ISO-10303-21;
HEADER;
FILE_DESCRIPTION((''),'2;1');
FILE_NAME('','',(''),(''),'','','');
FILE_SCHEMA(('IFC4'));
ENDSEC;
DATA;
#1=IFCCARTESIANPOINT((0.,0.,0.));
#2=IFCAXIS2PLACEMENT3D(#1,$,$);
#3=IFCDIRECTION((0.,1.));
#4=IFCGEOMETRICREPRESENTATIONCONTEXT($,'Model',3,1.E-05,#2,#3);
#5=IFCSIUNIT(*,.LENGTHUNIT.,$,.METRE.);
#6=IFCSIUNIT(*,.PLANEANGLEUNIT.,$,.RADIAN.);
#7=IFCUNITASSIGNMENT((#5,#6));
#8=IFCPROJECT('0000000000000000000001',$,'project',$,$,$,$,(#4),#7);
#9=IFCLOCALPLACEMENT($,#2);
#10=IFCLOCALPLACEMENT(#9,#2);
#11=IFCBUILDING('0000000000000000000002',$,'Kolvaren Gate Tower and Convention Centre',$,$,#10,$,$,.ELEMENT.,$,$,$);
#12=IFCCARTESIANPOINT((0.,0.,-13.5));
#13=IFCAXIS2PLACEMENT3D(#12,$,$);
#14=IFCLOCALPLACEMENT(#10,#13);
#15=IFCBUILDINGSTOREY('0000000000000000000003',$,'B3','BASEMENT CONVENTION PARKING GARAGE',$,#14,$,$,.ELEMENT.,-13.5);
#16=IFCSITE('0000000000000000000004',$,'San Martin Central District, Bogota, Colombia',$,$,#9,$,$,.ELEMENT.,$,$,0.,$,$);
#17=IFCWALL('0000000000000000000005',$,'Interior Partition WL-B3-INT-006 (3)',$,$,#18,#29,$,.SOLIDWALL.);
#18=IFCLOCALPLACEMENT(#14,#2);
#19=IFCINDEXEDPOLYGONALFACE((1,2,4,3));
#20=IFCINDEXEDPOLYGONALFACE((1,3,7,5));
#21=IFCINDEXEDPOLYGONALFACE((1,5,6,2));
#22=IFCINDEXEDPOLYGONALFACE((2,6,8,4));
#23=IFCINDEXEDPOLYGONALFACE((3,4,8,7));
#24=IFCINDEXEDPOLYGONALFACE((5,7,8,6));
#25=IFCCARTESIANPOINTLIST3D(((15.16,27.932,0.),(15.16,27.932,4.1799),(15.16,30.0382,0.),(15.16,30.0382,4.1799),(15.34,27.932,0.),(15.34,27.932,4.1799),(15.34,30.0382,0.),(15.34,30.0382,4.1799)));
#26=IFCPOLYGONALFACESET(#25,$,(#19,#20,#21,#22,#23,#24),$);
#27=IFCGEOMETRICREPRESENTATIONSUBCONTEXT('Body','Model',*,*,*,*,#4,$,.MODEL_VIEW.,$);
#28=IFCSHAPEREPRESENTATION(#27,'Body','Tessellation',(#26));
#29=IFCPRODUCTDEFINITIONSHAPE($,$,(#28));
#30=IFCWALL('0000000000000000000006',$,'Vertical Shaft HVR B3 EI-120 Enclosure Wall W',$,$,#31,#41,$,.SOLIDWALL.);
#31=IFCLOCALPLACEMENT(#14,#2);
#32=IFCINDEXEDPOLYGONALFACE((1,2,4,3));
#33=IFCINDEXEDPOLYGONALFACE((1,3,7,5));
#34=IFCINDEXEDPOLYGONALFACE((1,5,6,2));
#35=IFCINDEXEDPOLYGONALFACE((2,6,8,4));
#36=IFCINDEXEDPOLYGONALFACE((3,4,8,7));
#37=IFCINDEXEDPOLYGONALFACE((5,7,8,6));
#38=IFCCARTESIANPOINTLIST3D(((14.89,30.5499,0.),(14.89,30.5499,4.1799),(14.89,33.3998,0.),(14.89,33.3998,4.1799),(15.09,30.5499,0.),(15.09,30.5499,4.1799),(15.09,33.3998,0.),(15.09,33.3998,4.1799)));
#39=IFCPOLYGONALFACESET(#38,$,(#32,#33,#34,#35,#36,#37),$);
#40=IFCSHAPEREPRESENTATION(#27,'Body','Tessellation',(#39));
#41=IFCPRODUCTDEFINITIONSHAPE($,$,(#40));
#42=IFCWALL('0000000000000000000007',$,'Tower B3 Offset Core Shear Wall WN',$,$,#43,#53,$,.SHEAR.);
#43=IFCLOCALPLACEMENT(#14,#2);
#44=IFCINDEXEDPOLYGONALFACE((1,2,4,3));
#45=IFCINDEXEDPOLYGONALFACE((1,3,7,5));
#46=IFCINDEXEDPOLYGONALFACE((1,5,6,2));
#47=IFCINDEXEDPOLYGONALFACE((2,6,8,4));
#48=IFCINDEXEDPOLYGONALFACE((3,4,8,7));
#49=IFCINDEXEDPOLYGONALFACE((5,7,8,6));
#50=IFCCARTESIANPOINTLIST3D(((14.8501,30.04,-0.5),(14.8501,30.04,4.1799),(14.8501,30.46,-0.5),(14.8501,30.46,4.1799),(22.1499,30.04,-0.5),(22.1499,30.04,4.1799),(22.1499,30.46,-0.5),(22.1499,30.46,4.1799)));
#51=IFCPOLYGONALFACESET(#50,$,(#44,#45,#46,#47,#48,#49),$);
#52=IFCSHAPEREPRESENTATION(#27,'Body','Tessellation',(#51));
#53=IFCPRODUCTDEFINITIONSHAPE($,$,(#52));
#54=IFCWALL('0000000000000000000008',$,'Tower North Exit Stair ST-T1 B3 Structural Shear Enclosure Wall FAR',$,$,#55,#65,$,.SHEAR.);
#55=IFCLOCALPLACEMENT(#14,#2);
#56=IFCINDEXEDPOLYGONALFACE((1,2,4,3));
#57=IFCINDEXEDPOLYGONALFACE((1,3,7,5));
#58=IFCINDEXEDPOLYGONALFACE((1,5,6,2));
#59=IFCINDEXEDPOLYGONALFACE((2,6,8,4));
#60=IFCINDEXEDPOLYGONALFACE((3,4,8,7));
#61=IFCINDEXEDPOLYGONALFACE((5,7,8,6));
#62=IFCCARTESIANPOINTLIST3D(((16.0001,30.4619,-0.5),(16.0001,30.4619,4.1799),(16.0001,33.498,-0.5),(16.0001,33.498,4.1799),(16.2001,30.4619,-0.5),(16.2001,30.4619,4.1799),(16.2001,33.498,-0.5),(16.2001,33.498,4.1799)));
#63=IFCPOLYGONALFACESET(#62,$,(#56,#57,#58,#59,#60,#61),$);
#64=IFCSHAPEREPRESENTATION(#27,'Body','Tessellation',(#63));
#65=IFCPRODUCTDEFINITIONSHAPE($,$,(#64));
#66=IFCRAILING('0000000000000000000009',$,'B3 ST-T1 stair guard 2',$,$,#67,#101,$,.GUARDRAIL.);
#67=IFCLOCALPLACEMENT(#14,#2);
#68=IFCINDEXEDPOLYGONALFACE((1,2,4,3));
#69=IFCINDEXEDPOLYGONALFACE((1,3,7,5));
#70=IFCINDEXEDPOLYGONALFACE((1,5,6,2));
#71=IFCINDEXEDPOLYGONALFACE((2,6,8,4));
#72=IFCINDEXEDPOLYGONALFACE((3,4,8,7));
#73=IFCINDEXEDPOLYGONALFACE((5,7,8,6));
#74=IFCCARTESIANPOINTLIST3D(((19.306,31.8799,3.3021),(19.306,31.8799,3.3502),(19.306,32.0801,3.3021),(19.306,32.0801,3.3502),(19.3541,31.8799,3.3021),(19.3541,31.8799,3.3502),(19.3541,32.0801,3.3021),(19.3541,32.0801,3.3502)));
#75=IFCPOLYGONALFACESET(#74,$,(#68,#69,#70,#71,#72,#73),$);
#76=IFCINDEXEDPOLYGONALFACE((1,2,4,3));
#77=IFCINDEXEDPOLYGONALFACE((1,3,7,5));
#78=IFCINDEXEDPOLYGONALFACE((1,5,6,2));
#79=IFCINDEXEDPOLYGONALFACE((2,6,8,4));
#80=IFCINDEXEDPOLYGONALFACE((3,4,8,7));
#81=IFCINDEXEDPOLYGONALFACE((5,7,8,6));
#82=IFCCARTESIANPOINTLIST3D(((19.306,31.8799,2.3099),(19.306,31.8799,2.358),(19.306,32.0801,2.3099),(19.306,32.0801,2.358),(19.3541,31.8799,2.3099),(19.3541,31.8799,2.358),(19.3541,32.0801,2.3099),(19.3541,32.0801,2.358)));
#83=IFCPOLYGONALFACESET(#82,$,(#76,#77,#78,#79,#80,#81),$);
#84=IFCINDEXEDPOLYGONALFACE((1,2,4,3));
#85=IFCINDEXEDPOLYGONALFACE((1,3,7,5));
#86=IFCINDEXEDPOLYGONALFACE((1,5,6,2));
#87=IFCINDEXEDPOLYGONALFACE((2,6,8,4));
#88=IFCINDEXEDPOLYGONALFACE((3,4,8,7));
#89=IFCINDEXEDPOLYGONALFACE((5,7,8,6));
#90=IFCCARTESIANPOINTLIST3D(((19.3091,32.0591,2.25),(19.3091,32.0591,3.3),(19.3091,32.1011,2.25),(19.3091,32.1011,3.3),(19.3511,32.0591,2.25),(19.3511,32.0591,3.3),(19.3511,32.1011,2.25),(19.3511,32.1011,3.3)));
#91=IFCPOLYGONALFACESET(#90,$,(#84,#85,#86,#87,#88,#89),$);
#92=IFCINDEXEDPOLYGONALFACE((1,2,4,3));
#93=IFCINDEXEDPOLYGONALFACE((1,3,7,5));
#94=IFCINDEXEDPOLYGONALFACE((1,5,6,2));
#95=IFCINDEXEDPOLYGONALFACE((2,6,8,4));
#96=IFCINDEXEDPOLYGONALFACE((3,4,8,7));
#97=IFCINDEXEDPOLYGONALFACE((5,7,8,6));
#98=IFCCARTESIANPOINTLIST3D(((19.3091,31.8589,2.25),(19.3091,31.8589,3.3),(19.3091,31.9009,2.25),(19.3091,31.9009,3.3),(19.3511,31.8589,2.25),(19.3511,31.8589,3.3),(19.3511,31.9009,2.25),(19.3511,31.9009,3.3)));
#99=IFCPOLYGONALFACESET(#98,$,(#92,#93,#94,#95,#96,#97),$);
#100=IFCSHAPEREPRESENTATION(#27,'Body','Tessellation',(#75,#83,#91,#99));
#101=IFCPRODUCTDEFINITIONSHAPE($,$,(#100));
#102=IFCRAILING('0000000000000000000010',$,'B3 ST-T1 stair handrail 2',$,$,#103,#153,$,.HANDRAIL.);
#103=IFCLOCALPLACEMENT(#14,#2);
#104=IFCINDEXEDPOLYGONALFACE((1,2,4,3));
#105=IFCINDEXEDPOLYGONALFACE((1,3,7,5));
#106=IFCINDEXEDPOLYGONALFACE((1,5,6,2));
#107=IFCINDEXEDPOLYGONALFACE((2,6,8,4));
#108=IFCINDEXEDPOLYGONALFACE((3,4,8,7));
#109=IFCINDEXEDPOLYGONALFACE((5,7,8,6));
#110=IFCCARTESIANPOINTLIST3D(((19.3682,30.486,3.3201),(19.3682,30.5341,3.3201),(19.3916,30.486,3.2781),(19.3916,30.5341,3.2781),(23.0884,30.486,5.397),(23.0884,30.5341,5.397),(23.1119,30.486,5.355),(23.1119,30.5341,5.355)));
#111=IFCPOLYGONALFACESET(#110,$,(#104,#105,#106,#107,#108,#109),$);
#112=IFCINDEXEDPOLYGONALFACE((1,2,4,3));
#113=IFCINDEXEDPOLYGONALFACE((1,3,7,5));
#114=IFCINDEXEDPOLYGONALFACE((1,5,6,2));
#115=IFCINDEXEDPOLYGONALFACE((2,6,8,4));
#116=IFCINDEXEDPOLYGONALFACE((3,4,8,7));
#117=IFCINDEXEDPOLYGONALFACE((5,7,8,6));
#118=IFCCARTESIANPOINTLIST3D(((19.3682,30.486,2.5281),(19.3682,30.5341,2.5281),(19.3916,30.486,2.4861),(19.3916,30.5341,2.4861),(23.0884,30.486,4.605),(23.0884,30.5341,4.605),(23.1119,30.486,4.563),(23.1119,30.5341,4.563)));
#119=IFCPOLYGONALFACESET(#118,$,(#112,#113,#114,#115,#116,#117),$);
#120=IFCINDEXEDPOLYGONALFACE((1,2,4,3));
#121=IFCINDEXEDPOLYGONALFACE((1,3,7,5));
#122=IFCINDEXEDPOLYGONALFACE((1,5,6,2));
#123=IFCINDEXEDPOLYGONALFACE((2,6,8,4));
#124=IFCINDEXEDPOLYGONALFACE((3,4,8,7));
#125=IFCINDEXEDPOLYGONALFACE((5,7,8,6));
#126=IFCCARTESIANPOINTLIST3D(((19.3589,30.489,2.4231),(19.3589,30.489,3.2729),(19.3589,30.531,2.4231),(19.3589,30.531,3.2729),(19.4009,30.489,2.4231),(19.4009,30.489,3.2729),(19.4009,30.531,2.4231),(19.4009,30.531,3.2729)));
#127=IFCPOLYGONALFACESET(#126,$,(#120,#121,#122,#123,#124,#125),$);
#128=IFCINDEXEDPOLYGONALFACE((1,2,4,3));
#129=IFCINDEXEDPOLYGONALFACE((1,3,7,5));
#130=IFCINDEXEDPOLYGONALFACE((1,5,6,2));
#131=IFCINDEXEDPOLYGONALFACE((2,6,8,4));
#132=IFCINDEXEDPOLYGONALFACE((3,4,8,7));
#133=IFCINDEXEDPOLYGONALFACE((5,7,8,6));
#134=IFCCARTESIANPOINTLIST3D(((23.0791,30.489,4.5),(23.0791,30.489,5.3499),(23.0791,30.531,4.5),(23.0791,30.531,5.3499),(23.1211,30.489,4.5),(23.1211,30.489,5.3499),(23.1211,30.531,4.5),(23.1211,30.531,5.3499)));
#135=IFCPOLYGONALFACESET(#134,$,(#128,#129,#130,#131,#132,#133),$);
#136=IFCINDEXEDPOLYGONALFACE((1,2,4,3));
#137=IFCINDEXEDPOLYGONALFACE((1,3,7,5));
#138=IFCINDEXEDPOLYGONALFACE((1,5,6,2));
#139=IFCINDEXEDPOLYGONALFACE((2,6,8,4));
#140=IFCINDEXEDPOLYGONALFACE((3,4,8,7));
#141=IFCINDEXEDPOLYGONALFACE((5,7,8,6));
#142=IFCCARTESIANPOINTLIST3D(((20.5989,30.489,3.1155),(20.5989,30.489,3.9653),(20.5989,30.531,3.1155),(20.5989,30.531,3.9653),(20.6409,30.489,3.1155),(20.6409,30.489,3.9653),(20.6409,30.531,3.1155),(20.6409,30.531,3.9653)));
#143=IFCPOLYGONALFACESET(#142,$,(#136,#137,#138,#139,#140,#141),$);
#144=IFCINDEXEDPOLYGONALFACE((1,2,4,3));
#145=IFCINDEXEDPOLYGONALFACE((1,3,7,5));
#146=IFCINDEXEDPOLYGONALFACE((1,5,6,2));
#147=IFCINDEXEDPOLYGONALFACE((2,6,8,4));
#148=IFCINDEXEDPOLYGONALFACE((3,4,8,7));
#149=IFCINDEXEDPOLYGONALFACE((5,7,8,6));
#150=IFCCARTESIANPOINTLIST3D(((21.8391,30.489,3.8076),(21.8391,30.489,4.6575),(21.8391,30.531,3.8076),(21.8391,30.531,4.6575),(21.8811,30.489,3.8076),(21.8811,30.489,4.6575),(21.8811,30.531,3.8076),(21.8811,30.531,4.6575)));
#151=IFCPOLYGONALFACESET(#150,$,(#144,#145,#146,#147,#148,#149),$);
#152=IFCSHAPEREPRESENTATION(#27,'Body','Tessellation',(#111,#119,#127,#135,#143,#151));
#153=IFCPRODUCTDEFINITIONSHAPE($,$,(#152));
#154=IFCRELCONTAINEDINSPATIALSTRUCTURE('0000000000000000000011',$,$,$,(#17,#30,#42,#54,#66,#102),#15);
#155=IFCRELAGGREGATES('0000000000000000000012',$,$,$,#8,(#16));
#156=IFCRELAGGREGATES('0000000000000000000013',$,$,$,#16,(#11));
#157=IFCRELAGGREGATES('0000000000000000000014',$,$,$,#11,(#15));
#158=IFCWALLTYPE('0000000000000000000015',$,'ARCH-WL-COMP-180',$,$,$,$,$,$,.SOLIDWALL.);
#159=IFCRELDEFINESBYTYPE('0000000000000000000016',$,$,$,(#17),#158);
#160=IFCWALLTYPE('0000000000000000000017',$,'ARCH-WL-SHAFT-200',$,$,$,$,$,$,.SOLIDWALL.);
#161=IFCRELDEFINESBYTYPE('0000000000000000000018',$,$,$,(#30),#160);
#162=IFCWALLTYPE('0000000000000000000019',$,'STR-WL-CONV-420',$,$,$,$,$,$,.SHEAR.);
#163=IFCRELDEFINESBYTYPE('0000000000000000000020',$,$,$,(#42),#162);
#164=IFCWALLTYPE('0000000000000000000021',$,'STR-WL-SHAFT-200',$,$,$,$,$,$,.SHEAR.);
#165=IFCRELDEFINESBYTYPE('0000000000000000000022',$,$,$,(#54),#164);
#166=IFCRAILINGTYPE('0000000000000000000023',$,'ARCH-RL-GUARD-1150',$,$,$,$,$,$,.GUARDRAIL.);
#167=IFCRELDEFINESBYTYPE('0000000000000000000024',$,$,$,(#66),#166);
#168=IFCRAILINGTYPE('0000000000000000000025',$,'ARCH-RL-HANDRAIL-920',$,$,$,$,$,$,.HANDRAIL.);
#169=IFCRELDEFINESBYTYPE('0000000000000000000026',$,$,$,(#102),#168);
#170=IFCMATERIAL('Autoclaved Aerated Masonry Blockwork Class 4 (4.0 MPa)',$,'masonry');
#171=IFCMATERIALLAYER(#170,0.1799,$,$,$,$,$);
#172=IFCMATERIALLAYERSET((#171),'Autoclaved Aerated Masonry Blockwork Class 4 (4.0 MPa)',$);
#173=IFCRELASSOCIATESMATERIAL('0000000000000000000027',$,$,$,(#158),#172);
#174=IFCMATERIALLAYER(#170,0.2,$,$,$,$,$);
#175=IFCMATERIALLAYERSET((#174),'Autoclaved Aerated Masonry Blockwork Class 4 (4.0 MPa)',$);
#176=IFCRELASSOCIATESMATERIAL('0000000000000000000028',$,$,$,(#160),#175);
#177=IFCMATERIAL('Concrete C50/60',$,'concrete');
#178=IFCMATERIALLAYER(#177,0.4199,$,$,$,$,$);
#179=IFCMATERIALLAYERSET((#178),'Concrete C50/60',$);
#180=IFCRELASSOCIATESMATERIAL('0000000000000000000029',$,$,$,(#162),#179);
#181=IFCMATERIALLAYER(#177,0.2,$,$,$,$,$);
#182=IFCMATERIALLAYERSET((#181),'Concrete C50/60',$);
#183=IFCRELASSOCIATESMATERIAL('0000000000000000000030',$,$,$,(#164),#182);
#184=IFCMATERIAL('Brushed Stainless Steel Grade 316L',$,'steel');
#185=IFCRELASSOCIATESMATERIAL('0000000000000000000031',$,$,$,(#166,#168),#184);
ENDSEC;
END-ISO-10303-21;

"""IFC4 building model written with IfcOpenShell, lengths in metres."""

from ifc_helpers import new_model, si_unit, direction, frame, frame_2d, origin, origin_2d, place, context, subcontext, project, spatial, rectangle, extrude, material, layer, layer_set, type_object, element, save


model = new_model("IFC4")

# Units and contexts
model_context = context("Model", 3, precision=1e-05, world=origin(), true_north=direction((0.0, 1.0)))
body_context = subcontext(model_context, "Body", "Model", "MODEL_VIEW")
ifc_project = project(units=[si_unit("LENGTHUNIT", "METRE"), si_unit("PLANEANGLEUNIT", "RADIAN")], contexts=[model_context])

# Site, building, storey
site_placement = place(None, origin())
site = spatial("IfcSite", under=ifc_project, at=site_placement, Name="San Martin Central District, Bogota, Colombia", CompositionType="ELEMENT", RefElevation=0.0)
building_placement = place(site_placement, origin())
building = spatial("IfcBuilding", under=site, at=building_placement, Name="Kolvaren Gate Tower and Convention Centre", CompositionType="ELEMENT")
storey_placement = place(building_placement, frame((0.0, 0.0, -13.5)))
storey = spatial("IfcBuildingStorey", under=building, at=storey_placement, Name="B3", Description="BASEMENT CONVENTION PARKING GARAGE", CompositionType="ELEMENT", Elevation=-13.5)

# Shared definitions
ifc_material_1 = material(Name="Concrete C50/60", Category="concrete")

# Shared definitions
ifc_material_2 = material(Name="Autoclaved Aerated Masonry Blockwork Class 4 (4.0 MPa)", Category="masonry")
ifc_layer_1 = layer(ifc_material_2, 0.1799)
ifc_layer_set_1 = layer_set([ifc_layer_1], Name="Autoclaved Aerated Masonry Blockwork Class 4 (4.0 MPa)")
wall_type_1 = type_object("IfcWallType", Name="ARCH-WL-COMP-180", PredefinedType="SOLIDWALL", material=ifc_layer_set_1)

# Walls
wall_1_placement = place(storey_placement, frame((15.25, 27.9319, 0.0), z_axis=(0.0, 0.0, 1.0), x_axis=(0.0, 1.0, 0.0)))
element("IfcWall", 1, at=wall_1_placement, inside=storey, type_object=wall_type_1, Name="Interior Partition WL-B3-INT-006 (3)", PredefinedType="SOLIDWALL", context=body_context, shape_type="SweptSolid", body=[
    extrude(rectangle(XDim=2.1062, YDim=0.1799, at=frame_2d((1.0532, 0.0))), origin(), (0.0, 0.0, 1.0), 4.1799),
])
ifc_layer_2 = layer(ifc_material_2, 0.2)
ifc_layer_set_2 = layer_set([ifc_layer_2], Name="Autoclaved Aerated Masonry Blockwork Class 4 (4.0 MPa)")
wall_type_2 = type_object("IfcWallType", Name="ARCH-WL-SHAFT-200", PredefinedType="SOLIDWALL", material=ifc_layer_set_2)
wall_2_placement = place(storey_placement, frame((14.99, 30.55, 0.0), z_axis=(0.0, 0.0, 1.0), x_axis=(0.0, 1.0, 0.0)))
element("IfcWall", 2, at=wall_2_placement, inside=storey, type_object=wall_type_2, Name="Vertical Shaft HVR B3 EI-120 Enclosure Wall W", PredefinedType="SOLIDWALL", context=body_context, shape_type="SweptSolid", body=[
    extrude(rectangle(XDim=2.8499, YDim=0.2, at=frame_2d((1.4248, 0.0))), origin(), (0.0, 0.0, 1.0), 4.1799),
])
ifc_layer_3 = layer(ifc_material_1, 0.4199)
ifc_layer_set_3 = layer_set([ifc_layer_3], Name="Concrete C50/60")
wall_type_3 = type_object("IfcWallType", Name="STR-WL-CONV-420", PredefinedType="SHEAR", material=ifc_layer_set_3)
wall_3_placement = place(storey_placement, frame((14.8501, 30.25, -0.5), z_axis=(0.0, 0.0, 1.0), x_axis=(1.0, 0.0, 0.0)))
element("IfcWall", 3, at=wall_3_placement, inside=storey, type_object=wall_type_3, Name="Tower B3 Offset Core Shear Wall WN", PredefinedType="SHEAR", context=body_context, shape_type="SweptSolid", body=[
    extrude(rectangle(XDim=7.2998, YDim=0.4199, at=frame_2d((3.6499, 0.0))), origin(), (0.0, 0.0, 1.0), 4.6799),
])
ifc_layer_4 = layer(ifc_material_1, 0.2)
ifc_layer_set_4 = layer_set([ifc_layer_4], Name="Concrete C50/60")
wall_type_4 = type_object("IfcWallType", Name="STR-WL-SHAFT-200", PredefinedType="SHEAR", material=ifc_layer_set_4)
wall_4_placement = place(storey_placement, frame((16.1001, 30.4619, -0.5), z_axis=(0.0, 0.0, 1.0), x_axis=(0.0, 1.0, 0.0)))
element("IfcWall", 4, at=wall_4_placement, inside=storey, type_object=wall_type_4, Name="Tower North Exit Stair ST-T1 B3 Structural Shear Enclosure Wall FAR", PredefinedType="SHEAR", context=body_context, shape_type="SweptSolid", body=[
    extrude(rectangle(XDim=3.0361, YDim=0.2, at=frame_2d((1.5181, 0.0))), origin(), (0.0, 0.0, 1.0), 4.6799),
])

# Railings
ifc_material_3 = material(Name="Brushed Stainless Steel Grade 316L", Category="steel")
railing_type_1 = type_object("IfcRailingType", Name="ARCH-RL-GUARD-1150", PredefinedType="GUARDRAIL", material=ifc_material_3)
railing_1_placement = place(storey_placement, frame((19.3301, 32.0801, 2.25)))
element("IfcRailing", 5, at=railing_1_placement, inside=storey, type_object=railing_type_1, Name="B3 ST-T1 stair guard 2", PredefinedType="GUARDRAIL", context=body_context, shape_type="SweptSolid", body=[
    extrude(rectangle(XDim=0.0481, YDim=0.0481, at=origin_2d()), frame((0.0, 0.0, 1.0762), z_axis=(0.0, -1.0, 0.0), x_axis=(1.0, 0.0, 0.0)), (0.0, 0.0, 1.0), 0.2002),
    extrude(rectangle(XDim=0.0481, YDim=0.0481, at=origin_2d()), frame((0.0, 0.0, 0.084), z_axis=(0.0, -1.0, 0.0), x_axis=(1.0, 0.0, 0.0)), (0.0, 0.0, 1.0), 0.2002),
    extrude(rectangle(XDim=0.042, YDim=0.042, at=origin_2d()), origin(), (0.0, 0.0, 1.0), 1.05),
    extrude(rectangle(XDim=0.042, YDim=0.042, at=origin_2d()), frame((0.0, -0.2002, 0.0)), (0.0, 0.0, 1.0), 1.05),
])
railing_type_2 = type_object("IfcRailingType", Name="ARCH-RL-HANDRAIL-920", PredefinedType="HANDRAIL", material=ifc_material_3)
railing_2_placement = place(storey_placement, frame((19.3799, 30.51, 2.4231)))
element("IfcRailing", 6, at=railing_2_placement, inside=storey, type_object=railing_type_2, Name="B3 ST-T1 stair handrail 2", PredefinedType="HANDRAIL", context=body_context, shape_type="SweptSolid", body=[
    extrude(rectangle(XDim=0.0481, YDim=0.0481, at=origin_2d()), frame((0.0, 0.0, 0.876), z_axis=(0.873147, 0.0, 0.487457), x_axis=(0.0, 1.0, 0.0)), (0.0, 0.0, 1.0), 4.2607),
    extrude(rectangle(XDim=0.0481, YDim=0.0481, at=origin_2d()), frame((0.0, 0.0, 0.084), z_axis=(0.873147, 0.0, 0.487457), x_axis=(0.0, 1.0, 0.0)), (0.0, 0.0, 1.0), 4.2607),
    extrude(rectangle(XDim=0.042, YDim=0.042, at=origin_2d()), origin(), (0.0, 0.0, 1.0), 0.8499),
    extrude(rectangle(XDim=0.042, YDim=0.042, at=origin_2d()), frame((3.7202, 0.0, 2.0769)), (0.0, 0.0, 1.0), 0.8499),
    extrude(rectangle(XDim=0.042, YDim=0.042, at=origin_2d()), frame((1.24, 0.0, 0.6924)), (0.0, 0.0, 1.0), 0.8499),
    extrude(rectangle(XDim=0.042, YDim=0.042, at=origin_2d()), frame((2.4802, 0.0, 1.3845)), (0.0, 0.0, 1.0), 0.8499),
])

save(model, "model.ifc")
